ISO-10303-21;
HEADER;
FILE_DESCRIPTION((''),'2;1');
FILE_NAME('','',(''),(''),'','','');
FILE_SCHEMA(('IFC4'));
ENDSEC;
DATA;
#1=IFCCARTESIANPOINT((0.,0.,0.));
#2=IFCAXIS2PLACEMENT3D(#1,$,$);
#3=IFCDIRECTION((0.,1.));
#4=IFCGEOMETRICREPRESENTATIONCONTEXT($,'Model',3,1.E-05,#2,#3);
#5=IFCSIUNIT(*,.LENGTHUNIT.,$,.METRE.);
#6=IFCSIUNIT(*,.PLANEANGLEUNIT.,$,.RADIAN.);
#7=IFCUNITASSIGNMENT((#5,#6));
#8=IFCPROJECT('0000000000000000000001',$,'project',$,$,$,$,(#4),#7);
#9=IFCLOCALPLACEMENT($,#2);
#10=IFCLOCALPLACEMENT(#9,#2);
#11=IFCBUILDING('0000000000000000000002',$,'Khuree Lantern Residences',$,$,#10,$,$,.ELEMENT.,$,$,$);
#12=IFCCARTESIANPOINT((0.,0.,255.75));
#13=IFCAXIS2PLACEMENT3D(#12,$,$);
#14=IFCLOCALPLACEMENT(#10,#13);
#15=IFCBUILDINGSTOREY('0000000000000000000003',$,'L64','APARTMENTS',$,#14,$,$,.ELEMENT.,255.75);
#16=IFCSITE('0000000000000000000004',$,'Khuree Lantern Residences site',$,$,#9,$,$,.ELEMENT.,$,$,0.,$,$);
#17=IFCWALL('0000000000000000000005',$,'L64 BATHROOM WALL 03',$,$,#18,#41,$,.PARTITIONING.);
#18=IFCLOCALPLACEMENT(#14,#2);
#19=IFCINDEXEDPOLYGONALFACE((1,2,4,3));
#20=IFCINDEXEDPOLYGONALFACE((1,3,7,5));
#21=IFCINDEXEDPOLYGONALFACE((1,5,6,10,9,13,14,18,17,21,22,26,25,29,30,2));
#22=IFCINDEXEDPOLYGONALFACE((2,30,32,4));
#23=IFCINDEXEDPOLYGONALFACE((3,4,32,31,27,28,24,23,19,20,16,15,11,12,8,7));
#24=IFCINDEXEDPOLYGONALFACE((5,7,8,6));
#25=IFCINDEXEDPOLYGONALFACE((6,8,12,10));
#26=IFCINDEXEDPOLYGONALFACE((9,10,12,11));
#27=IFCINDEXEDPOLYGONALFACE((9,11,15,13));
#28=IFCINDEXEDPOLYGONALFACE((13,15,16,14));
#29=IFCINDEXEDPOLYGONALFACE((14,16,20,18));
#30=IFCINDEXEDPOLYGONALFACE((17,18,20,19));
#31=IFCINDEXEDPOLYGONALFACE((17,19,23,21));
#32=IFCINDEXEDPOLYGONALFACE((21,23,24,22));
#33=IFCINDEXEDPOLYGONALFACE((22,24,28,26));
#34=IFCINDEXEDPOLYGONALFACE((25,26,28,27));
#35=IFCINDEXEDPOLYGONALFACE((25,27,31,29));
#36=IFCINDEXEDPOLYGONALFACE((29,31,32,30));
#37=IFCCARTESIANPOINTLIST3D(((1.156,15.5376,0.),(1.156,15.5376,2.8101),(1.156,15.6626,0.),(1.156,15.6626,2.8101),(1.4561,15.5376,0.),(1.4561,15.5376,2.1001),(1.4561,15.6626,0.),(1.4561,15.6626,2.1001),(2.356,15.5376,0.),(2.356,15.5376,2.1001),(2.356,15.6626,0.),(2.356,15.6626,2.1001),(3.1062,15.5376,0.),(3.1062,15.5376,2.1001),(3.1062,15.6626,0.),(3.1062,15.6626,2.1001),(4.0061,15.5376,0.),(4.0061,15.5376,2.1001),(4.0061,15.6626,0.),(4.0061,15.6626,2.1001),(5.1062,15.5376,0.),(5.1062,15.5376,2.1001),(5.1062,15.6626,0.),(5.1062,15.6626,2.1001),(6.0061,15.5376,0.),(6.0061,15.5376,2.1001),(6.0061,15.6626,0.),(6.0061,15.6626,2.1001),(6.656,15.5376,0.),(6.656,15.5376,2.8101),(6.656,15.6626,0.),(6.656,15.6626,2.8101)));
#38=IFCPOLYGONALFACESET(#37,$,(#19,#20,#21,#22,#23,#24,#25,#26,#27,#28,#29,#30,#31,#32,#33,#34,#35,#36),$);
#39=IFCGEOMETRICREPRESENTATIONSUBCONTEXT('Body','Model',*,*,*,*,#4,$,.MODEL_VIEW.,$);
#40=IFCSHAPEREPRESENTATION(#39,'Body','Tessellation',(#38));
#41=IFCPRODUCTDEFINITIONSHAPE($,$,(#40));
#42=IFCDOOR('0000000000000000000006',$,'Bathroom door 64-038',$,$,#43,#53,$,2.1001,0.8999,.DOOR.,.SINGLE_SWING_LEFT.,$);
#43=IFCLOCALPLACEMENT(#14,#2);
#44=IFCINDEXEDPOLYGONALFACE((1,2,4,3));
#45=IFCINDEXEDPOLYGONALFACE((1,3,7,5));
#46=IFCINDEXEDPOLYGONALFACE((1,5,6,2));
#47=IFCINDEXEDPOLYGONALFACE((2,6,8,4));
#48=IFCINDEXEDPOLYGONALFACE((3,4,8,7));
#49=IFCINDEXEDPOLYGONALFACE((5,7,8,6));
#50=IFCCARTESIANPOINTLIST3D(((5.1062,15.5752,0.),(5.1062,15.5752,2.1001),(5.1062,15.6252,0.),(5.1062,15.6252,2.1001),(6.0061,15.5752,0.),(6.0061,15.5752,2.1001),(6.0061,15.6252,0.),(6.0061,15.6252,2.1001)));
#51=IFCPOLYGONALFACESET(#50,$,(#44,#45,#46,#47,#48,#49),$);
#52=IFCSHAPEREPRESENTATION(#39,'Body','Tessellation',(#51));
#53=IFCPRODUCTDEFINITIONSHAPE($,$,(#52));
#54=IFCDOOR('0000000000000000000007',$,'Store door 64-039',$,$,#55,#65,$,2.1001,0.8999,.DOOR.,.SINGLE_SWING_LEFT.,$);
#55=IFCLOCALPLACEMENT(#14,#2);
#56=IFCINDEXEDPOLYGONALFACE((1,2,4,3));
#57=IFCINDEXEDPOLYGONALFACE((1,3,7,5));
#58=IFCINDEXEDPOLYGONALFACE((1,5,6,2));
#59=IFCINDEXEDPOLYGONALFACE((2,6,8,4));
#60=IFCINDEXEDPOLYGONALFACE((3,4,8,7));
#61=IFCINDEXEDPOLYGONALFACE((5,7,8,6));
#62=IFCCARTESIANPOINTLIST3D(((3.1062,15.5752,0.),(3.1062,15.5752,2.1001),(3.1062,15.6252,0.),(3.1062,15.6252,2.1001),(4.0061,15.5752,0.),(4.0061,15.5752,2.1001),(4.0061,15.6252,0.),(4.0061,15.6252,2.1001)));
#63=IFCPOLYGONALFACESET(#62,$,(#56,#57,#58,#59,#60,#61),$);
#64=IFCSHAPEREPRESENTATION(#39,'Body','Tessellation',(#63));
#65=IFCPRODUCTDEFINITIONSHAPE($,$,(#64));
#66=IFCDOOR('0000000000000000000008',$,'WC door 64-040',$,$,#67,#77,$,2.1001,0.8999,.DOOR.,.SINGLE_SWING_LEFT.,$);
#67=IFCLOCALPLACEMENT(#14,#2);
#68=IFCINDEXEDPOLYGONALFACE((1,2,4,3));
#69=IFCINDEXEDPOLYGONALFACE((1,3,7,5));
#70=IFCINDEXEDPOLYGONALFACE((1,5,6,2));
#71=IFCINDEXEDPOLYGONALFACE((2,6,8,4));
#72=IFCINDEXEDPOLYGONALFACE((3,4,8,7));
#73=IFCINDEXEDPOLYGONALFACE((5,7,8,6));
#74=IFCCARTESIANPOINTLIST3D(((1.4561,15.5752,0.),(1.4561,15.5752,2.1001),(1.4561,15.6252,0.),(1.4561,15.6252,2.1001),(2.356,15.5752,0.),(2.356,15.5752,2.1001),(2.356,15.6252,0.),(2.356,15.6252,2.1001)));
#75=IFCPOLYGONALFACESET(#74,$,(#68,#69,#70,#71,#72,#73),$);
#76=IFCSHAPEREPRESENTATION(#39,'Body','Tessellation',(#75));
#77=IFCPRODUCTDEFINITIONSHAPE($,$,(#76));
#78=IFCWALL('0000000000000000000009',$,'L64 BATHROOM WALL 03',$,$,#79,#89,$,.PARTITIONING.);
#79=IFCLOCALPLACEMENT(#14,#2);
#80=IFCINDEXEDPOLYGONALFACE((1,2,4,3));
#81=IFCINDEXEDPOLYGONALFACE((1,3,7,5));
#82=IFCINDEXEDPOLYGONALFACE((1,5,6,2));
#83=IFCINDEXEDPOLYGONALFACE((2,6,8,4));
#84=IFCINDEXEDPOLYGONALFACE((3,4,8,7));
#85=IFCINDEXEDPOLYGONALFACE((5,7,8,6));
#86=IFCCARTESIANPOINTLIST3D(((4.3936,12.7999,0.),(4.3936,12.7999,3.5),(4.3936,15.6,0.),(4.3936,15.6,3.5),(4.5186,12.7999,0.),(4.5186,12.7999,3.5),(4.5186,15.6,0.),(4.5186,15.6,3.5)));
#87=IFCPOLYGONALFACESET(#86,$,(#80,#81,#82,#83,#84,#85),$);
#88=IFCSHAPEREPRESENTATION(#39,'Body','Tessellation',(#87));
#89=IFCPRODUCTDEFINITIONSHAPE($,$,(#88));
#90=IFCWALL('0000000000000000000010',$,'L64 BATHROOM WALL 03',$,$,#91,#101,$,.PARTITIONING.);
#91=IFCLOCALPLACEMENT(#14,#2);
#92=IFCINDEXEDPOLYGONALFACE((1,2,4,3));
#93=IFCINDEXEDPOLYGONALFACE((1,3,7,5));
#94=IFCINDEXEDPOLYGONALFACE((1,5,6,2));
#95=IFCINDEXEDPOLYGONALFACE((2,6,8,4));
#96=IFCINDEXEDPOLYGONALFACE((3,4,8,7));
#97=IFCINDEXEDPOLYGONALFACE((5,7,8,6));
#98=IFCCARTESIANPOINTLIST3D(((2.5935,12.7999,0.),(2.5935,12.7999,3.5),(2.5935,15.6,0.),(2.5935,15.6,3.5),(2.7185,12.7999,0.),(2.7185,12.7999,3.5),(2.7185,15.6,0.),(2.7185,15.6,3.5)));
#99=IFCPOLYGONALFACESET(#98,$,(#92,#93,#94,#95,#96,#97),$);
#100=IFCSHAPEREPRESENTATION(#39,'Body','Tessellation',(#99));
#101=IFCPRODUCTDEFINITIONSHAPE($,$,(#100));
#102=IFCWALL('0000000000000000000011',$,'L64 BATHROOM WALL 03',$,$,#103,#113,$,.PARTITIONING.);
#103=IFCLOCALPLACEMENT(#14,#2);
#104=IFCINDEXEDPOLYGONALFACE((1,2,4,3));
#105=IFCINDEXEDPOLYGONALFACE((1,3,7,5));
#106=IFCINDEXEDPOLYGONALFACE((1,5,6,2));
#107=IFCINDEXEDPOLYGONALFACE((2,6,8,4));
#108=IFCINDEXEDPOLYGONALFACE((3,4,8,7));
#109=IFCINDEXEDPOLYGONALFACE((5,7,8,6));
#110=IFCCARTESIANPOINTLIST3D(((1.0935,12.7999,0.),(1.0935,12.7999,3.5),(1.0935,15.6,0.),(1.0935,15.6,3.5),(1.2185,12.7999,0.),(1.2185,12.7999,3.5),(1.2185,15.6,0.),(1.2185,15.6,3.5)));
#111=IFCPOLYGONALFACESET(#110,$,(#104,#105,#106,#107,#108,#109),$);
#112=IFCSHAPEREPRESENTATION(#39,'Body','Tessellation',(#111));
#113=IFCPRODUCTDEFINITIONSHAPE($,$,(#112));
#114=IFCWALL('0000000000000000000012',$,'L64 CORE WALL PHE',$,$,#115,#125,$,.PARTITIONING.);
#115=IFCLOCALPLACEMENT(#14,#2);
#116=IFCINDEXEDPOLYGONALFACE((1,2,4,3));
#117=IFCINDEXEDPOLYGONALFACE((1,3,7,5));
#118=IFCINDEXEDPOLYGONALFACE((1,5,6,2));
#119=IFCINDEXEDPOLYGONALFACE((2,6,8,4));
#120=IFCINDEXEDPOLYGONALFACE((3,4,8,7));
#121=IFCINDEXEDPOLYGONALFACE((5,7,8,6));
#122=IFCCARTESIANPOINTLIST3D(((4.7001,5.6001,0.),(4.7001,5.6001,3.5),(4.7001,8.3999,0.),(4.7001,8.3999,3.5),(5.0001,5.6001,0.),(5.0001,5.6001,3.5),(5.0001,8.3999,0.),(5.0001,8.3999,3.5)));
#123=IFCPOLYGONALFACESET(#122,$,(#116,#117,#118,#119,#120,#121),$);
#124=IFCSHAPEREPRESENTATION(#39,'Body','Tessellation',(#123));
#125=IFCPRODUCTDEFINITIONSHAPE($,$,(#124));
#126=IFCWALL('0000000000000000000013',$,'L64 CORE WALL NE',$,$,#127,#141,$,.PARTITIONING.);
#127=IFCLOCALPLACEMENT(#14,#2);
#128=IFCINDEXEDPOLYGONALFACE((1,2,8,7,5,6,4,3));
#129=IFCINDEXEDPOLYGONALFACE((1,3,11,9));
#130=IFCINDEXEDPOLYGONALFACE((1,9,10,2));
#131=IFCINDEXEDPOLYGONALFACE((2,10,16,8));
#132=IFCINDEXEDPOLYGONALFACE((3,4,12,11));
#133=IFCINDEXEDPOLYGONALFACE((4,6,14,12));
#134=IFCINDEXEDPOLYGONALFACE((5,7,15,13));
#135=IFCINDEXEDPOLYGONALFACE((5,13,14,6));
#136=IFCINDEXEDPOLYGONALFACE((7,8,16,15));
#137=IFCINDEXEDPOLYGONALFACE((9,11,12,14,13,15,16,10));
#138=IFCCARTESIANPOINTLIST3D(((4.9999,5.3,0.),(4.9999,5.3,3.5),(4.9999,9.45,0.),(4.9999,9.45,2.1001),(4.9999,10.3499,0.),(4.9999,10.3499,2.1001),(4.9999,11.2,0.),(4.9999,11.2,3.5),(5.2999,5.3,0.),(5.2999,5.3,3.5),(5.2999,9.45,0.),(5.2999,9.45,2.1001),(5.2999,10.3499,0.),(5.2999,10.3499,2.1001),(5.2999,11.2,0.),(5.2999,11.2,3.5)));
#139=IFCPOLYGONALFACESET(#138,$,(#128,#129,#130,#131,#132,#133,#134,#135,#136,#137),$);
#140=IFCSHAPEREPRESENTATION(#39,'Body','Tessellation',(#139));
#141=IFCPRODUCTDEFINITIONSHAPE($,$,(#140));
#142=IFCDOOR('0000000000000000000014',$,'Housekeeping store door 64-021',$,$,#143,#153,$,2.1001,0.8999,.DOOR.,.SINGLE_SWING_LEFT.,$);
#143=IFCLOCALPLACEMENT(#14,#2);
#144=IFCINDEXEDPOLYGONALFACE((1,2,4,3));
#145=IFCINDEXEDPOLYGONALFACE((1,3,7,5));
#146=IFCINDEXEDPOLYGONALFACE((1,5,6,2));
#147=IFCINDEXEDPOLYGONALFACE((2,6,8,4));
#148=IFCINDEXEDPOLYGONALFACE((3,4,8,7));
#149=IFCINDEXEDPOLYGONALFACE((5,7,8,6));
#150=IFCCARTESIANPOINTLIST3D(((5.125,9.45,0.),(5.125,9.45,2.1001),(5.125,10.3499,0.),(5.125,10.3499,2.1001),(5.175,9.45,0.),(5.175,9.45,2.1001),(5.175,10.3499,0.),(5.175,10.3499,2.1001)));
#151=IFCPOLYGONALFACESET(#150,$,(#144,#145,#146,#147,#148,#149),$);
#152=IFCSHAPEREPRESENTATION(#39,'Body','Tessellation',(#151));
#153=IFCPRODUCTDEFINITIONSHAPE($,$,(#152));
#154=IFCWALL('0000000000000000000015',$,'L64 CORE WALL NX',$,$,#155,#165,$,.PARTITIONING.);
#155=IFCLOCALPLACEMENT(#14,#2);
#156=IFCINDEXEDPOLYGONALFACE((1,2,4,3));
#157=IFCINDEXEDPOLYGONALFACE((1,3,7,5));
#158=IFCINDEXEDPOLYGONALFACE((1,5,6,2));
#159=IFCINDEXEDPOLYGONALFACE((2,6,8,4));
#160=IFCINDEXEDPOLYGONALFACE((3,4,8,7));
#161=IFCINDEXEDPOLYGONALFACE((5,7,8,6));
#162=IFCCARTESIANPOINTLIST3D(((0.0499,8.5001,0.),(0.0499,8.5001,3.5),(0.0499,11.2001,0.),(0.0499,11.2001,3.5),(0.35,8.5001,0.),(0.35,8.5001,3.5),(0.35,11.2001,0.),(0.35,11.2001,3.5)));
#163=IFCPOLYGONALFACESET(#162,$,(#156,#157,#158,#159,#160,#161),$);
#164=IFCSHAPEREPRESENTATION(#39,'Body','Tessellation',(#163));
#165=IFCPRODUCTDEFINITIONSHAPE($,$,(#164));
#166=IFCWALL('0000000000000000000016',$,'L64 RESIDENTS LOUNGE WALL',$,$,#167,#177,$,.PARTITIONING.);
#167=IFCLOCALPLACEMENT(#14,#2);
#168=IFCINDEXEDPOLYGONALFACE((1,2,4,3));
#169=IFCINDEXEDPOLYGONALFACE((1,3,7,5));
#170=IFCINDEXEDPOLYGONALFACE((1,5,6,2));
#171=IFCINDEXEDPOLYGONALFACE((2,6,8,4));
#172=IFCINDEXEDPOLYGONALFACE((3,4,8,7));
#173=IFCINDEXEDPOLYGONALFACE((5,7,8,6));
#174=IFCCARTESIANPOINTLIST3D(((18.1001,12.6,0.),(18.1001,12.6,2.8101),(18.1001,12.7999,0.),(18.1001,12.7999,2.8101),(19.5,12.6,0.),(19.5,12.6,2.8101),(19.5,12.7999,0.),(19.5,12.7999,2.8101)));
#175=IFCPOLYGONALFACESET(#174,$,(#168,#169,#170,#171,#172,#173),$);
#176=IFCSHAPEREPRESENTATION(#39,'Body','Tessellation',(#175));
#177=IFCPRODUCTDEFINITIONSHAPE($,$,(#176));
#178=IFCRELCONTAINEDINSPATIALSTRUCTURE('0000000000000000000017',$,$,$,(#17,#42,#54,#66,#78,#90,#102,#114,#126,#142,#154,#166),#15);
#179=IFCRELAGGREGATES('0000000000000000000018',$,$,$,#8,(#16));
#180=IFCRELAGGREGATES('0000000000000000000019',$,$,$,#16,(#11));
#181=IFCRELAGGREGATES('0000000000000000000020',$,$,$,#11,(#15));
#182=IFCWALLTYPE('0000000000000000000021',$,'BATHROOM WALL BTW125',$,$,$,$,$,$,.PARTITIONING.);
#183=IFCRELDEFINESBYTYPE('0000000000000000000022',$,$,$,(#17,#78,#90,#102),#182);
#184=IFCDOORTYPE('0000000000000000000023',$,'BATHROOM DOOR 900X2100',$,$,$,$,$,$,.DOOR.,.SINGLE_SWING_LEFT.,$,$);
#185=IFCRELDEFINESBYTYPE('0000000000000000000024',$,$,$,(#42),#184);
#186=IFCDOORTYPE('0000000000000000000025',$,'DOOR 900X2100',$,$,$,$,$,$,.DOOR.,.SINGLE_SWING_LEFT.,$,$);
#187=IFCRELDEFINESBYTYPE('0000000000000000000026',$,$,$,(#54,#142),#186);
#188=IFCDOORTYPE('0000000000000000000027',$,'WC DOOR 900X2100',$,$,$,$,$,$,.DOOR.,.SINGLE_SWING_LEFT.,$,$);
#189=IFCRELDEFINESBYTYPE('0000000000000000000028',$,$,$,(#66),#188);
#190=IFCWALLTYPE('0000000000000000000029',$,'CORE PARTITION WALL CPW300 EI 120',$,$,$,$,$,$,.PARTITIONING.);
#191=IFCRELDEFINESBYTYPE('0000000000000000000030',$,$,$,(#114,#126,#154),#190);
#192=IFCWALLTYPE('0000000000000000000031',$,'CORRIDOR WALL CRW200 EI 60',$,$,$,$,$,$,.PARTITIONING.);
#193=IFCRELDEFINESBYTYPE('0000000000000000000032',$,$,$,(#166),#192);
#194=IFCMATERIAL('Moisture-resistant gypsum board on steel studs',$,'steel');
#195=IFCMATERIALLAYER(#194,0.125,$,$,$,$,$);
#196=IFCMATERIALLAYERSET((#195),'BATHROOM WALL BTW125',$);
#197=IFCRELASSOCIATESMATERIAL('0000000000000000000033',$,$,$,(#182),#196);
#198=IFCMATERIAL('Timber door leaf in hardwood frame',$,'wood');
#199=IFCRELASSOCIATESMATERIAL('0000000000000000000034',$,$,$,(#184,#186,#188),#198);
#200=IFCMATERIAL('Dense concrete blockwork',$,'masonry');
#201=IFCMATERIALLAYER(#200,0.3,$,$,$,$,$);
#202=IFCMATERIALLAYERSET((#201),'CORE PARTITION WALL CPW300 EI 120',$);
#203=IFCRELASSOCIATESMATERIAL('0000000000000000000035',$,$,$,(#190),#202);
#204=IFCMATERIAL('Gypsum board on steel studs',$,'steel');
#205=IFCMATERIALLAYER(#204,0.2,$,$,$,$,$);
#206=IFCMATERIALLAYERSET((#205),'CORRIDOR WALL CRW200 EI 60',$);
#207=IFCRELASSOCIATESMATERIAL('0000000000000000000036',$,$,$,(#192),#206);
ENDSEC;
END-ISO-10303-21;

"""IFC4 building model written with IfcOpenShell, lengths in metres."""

from ifc_helpers import new_model, si_unit, direction, frame, frame_2d, origin, place, context, subcontext, project, spatial, rectangle, extrude, material, layer, layer_set, type_object, element, fill, save


model = new_model("IFC4")

# Units and contexts
model_context = context("Model", 3, precision=1e-05, world=origin(), true_north=direction((0.0, 1.0)))
body_context = subcontext(model_context, "Body", "Model", "MODEL_VIEW")
ifc_project = project(units=[si_unit("LENGTHUNIT", "METRE"), si_unit("PLANEANGLEUNIT", "RADIAN")], contexts=[model_context])

# Site, building, storey
site_placement = place(None, origin())
site = spatial("IfcSite", under=ifc_project, at=site_placement, Name="Khuree Lantern Residences site", CompositionType="ELEMENT", RefElevation=0.0)
building_placement = place(site_placement, origin())
building = spatial("IfcBuilding", under=site, at=building_placement, Name="Khuree Lantern Residences", CompositionType="ELEMENT")
storey_placement = place(building_placement, frame((0.0, 0.0, 255.75)))
storey = spatial("IfcBuildingStorey", under=building, at=storey_placement, Name="L64", Description="APARTMENTS", CompositionType="ELEMENT", Elevation=255.75)

# Shared definitions
ifc_material_1 = material(Name="Moisture-resistant gypsum board on steel studs", Category="steel")
ifc_layer_1 = layer(ifc_material_1, 0.125)
ifc_layer_set_1 = layer_set([ifc_layer_1], Name="BATHROOM WALL BTW125")
wall_type_1 = type_object("IfcWallType", Name="BATHROOM WALL BTW125", PredefinedType="PARTITIONING", material=ifc_layer_set_1)

# Shared definitions
ifc_material_2 = material(Name="Timber door leaf in hardwood frame", Category="wood")
door_type_1 = type_object("IfcDoorType", Name="BATHROOM DOOR 900X2100", OperationType="SINGLE_SWING_LEFT", PredefinedType="DOOR", material=ifc_material_2)

# Wall, openings, doors
wall_1_placement = place(storey_placement, frame((6.656, 15.6001, 0.0), z_axis=(0.0, 0.0, 1.0), x_axis=(-1.0, 0.0, 0.0)))
wall_1 = element("IfcWall", 1, at=wall_1_placement, inside=storey, type_object=wall_type_1, Name="L64 BATHROOM WALL 03", PredefinedType="PARTITIONING", context=body_context, shape_type="SweptSolid", body=[
    extrude(rectangle(XDim=5.5, YDim=0.125, at=frame_2d((2.75, 0.0))), origin(), (0.0, 0.0, 1.0), 2.8101),
])
opening_1_placement = place(wall_1_placement, frame((0.6499, 0.0, 0.0)))
opening_1 = element("IfcOpeningElement", 2, at=opening_1_placement, cuts=wall_1, PredefinedType="OPENING", context=body_context, shape_type="SweptSolid", body=[
    extrude(rectangle(XDim=0.8999, YDim=2.1001, at=frame_2d((0.45, 1.05))), frame((0.0, 0.0725, 0.0), z_axis=(0.0, -1.0, 0.0), x_axis=(1.0, 0.0, 0.0)), (0.0, 0.0, 1.0), 0.145),
])
opening_2_placement = place(wall_1_placement, frame((2.6499, 0.0, 0.0)))
opening_2 = element("IfcOpeningElement", 3, at=opening_2_placement, cuts=wall_1, PredefinedType="OPENING", context=body_context, shape_type="SweptSolid", body=[
    extrude(rectangle(XDim=0.8999, YDim=2.1001, at=frame_2d((0.45, 1.05))), frame((0.0, 0.0725, 0.0), z_axis=(0.0, -1.0, 0.0), x_axis=(1.0, 0.0, 0.0)), (0.0, 0.0, 1.0), 0.145),
])
opening_3_placement = place(wall_1_placement, frame((4.3, 0.0, 0.0)))
opening_3 = element("IfcOpeningElement", 4, at=opening_3_placement, cuts=wall_1, PredefinedType="OPENING", context=body_context, shape_type="SweptSolid", body=[
    extrude(rectangle(XDim=0.8999, YDim=2.1001, at=frame_2d((0.45, 1.05))), frame((0.0, 0.0725, 0.0), z_axis=(0.0, -1.0, 0.0), x_axis=(1.0, 0.0, 0.0)), (0.0, 0.0, 1.0), 0.145),
])
door_1_placement = place(opening_1_placement, origin())
door_1 = element("IfcDoor", 5, at=door_1_placement, inside=storey, type_object=door_type_1, Name="Bathroom door 64-038", OperationType="SINGLE_SWING_LEFT", OverallHeight=2.1001, OverallWidth=0.8999, PredefinedType="DOOR", context=body_context, shape_type="SweptSolid", body=[
    extrude(rectangle(XDim=0.8999, YDim=2.1001, at=frame_2d((0.45, 1.05))), frame((0.0, 0.0249, 0.0), z_axis=(0.0, -1.0, 0.0), x_axis=(1.0, 0.0, 0.0)), (0.0, 0.0, 1.0), 0.05),
])
fill(opening_1, door_1)
door_type_2 = type_object("IfcDoorType", Name="DOOR 900X2100", OperationType="SINGLE_SWING_LEFT", PredefinedType="DOOR", material=ifc_material_2)
door_2_placement = place(opening_2_placement, origin())
door_2 = element("IfcDoor", 6, at=door_2_placement, inside=storey, type_object=door_type_2, Name="Store door 64-039", OperationType="SINGLE_SWING_LEFT", OverallHeight=2.1001, OverallWidth=0.8999, PredefinedType="DOOR", context=body_context, shape_type="SweptSolid", body=[
    extrude(rectangle(XDim=0.8999, YDim=2.1001, at=frame_2d((0.45, 1.05))), frame((0.0, 0.0249, 0.0), z_axis=(0.0, -1.0, 0.0), x_axis=(1.0, 0.0, 0.0)), (0.0, 0.0, 1.0), 0.05),
])
fill(opening_2, door_2)
door_type_3 = type_object("IfcDoorType", Name="WC DOOR 900X2100", OperationType="SINGLE_SWING_LEFT", PredefinedType="DOOR", material=ifc_material_2)
door_3_placement = place(opening_3_placement, origin())
door_3 = element("IfcDoor", 7, at=door_3_placement, inside=storey, type_object=door_type_3, Name="WC door 64-040", OperationType="SINGLE_SWING_LEFT", OverallHeight=2.1001, OverallWidth=0.8999, PredefinedType="DOOR", context=body_context, shape_type="SweptSolid", body=[
    extrude(rectangle(XDim=0.8999, YDim=2.1001, at=frame_2d((0.45, 1.05))), frame((0.0, 0.0249, 0.0), z_axis=(0.0, -1.0, 0.0), x_axis=(1.0, 0.0, 0.0)), (0.0, 0.0, 1.0), 0.05),
])
fill(opening_3, door_3)

# Walls
for number, where, z_axis, x_axis, name in (
    (8, (4.4561, 12.8, 0.0), (0.0, 0.0, 1.0), (0.0, 1.0, 0.0), "L64 BATHROOM WALL 03"),
    (9, (2.656, 12.8, 0.0), (0.0, 0.0, 1.0), (0.0, 1.0, 0.0), "L64 BATHROOM WALL 03"),
    (10, (1.156, 12.8, 0.0), (0.0, 0.0, 1.0), (0.0, 1.0, 0.0), "L64 BATHROOM WALL 03"),
):
    element("IfcWall", number, at=place(storey_placement, frame(where, z_axis=z_axis, x_axis=x_axis)), inside=storey, type_object=wall_type_1, Name=name, PredefinedType="PARTITIONING", context=body_context, shape_type="SweptSolid", body=[
        extrude(rectangle(XDim=2.8, YDim=0.125, at=frame_2d((1.3999, 0.0))), origin(), (0.0, 0.0, 1.0), 3.5),
    ])
ifc_material_3 = material(Name="Dense concrete blockwork", Category="masonry")
ifc_layer_2 = layer(ifc_material_3, 0.3)
ifc_layer_set_2 = layer_set([ifc_layer_2], Name="CORE PARTITION WALL CPW300 EI 120")
wall_type_2 = type_object("IfcWallType", Name="CORE PARTITION WALL CPW300 EI 120", PredefinedType="PARTITIONING", material=ifc_layer_set_2)
wall_2_placement = place(storey_placement, frame((4.8501, 5.6001, 0.0), z_axis=(0.0, 0.0, 1.0), x_axis=(0.0, 1.0, 0.0)))
element("IfcWall", 11, at=wall_2_placement, inside=storey, type_object=wall_type_2, Name="L64 CORE WALL PHE", PredefinedType="PARTITIONING", context=body_context, shape_type="SweptSolid", body=[
    extrude(rectangle(XDim=2.7998, YDim=0.3, at=frame_2d((1.3999, 0.0))), origin(), (0.0, 0.0, 1.0), 3.5),
])

# Wall, opening, door
wall_3_placement = place(storey_placement, frame((5.1499, 5.3, 0.0), z_axis=(0.0, 0.0, 1.0), x_axis=(0.0, 1.0, 0.0)))
wall_3 = element("IfcWall", 12, at=wall_3_placement, inside=storey, type_object=wall_type_2, Name="L64 CORE WALL NE", PredefinedType="PARTITIONING", context=body_context, shape_type="SweptSolid", body=[
    extrude(rectangle(XDim=5.8999, YDim=0.3, at=frame_2d((2.95, 0.0))), origin(), (0.0, 0.0, 1.0), 3.5),
])
opening_4_placement = place(wall_3_placement, frame((4.1499, 0.0, 0.0)))
opening_4 = element("IfcOpeningElement", 13, at=opening_4_placement, cuts=wall_3, PredefinedType="OPENING", context=body_context, shape_type="SweptSolid", body=[
    extrude(rectangle(XDim=0.8999, YDim=2.1001, at=frame_2d((0.45, 1.05))), frame((0.0, 0.1602, 0.0), z_axis=(0.0, -1.0, 0.0), x_axis=(1.0, 0.0, 0.0)), (0.0, 0.0, 1.0), 0.3201),
])
door_4_placement = place(opening_4_placement, origin())
door_4 = element("IfcDoor", 14, at=door_4_placement, inside=storey, type_object=door_type_2, Name="Housekeeping store door 64-021", OperationType="SINGLE_SWING_LEFT", OverallHeight=2.1001, OverallWidth=0.8999, PredefinedType="DOOR", context=body_context, shape_type="SweptSolid", body=[
    extrude(rectangle(XDim=0.8999, YDim=2.1001, at=frame_2d((0.45, 1.05))), frame((0.0, 0.0249, 0.0), z_axis=(0.0, -1.0, 0.0), x_axis=(1.0, 0.0, 0.0)), (0.0, 0.0, 1.0), 0.05),
])
fill(opening_4, door_4)

# Walls
wall_4_placement = place(storey_placement, frame((0.2, 8.5, 0.0), z_axis=(0.0, 0.0, 1.0), x_axis=(0.0, 1.0, 0.0)))
element("IfcWall", 15, at=wall_4_placement, inside=storey, type_object=wall_type_2, Name="L64 CORE WALL NX", PredefinedType="PARTITIONING", context=body_context, shape_type="SweptSolid", body=[
    extrude(rectangle(XDim=2.7, YDim=0.3, at=frame_2d((1.3501, 0.0))), origin(), (0.0, 0.0, 1.0), 3.5),
])
ifc_material_4 = material(Name="Gypsum board on steel studs", Category="steel")
ifc_layer_3 = layer(ifc_material_4, 0.2)
ifc_layer_set_3 = layer_set([ifc_layer_3], Name="CORRIDOR WALL CRW200 EI 60")
wall_type_3 = type_object("IfcWallType", Name="CORRIDOR WALL CRW200 EI 60", PredefinedType="PARTITIONING", material=ifc_layer_set_3)
wall_5_placement = place(storey_placement, frame((18.1001, 12.7, 0.0), z_axis=(0.0, 0.0, 1.0), x_axis=(1.0, 0.0, 0.0)))
element("IfcWall", 16, at=wall_5_placement, inside=storey, type_object=wall_type_3, Name="L64 RESIDENTS LOUNGE WALL", PredefinedType="PARTITIONING", context=body_context, shape_type="SweptSolid", body=[
    extrude(rectangle(XDim=1.3999, YDim=0.2, at=frame_2d((0.7, 0.0))), origin(), (0.0, 0.0, 1.0), 2.8101),
])

save(model, "model.ifc")
